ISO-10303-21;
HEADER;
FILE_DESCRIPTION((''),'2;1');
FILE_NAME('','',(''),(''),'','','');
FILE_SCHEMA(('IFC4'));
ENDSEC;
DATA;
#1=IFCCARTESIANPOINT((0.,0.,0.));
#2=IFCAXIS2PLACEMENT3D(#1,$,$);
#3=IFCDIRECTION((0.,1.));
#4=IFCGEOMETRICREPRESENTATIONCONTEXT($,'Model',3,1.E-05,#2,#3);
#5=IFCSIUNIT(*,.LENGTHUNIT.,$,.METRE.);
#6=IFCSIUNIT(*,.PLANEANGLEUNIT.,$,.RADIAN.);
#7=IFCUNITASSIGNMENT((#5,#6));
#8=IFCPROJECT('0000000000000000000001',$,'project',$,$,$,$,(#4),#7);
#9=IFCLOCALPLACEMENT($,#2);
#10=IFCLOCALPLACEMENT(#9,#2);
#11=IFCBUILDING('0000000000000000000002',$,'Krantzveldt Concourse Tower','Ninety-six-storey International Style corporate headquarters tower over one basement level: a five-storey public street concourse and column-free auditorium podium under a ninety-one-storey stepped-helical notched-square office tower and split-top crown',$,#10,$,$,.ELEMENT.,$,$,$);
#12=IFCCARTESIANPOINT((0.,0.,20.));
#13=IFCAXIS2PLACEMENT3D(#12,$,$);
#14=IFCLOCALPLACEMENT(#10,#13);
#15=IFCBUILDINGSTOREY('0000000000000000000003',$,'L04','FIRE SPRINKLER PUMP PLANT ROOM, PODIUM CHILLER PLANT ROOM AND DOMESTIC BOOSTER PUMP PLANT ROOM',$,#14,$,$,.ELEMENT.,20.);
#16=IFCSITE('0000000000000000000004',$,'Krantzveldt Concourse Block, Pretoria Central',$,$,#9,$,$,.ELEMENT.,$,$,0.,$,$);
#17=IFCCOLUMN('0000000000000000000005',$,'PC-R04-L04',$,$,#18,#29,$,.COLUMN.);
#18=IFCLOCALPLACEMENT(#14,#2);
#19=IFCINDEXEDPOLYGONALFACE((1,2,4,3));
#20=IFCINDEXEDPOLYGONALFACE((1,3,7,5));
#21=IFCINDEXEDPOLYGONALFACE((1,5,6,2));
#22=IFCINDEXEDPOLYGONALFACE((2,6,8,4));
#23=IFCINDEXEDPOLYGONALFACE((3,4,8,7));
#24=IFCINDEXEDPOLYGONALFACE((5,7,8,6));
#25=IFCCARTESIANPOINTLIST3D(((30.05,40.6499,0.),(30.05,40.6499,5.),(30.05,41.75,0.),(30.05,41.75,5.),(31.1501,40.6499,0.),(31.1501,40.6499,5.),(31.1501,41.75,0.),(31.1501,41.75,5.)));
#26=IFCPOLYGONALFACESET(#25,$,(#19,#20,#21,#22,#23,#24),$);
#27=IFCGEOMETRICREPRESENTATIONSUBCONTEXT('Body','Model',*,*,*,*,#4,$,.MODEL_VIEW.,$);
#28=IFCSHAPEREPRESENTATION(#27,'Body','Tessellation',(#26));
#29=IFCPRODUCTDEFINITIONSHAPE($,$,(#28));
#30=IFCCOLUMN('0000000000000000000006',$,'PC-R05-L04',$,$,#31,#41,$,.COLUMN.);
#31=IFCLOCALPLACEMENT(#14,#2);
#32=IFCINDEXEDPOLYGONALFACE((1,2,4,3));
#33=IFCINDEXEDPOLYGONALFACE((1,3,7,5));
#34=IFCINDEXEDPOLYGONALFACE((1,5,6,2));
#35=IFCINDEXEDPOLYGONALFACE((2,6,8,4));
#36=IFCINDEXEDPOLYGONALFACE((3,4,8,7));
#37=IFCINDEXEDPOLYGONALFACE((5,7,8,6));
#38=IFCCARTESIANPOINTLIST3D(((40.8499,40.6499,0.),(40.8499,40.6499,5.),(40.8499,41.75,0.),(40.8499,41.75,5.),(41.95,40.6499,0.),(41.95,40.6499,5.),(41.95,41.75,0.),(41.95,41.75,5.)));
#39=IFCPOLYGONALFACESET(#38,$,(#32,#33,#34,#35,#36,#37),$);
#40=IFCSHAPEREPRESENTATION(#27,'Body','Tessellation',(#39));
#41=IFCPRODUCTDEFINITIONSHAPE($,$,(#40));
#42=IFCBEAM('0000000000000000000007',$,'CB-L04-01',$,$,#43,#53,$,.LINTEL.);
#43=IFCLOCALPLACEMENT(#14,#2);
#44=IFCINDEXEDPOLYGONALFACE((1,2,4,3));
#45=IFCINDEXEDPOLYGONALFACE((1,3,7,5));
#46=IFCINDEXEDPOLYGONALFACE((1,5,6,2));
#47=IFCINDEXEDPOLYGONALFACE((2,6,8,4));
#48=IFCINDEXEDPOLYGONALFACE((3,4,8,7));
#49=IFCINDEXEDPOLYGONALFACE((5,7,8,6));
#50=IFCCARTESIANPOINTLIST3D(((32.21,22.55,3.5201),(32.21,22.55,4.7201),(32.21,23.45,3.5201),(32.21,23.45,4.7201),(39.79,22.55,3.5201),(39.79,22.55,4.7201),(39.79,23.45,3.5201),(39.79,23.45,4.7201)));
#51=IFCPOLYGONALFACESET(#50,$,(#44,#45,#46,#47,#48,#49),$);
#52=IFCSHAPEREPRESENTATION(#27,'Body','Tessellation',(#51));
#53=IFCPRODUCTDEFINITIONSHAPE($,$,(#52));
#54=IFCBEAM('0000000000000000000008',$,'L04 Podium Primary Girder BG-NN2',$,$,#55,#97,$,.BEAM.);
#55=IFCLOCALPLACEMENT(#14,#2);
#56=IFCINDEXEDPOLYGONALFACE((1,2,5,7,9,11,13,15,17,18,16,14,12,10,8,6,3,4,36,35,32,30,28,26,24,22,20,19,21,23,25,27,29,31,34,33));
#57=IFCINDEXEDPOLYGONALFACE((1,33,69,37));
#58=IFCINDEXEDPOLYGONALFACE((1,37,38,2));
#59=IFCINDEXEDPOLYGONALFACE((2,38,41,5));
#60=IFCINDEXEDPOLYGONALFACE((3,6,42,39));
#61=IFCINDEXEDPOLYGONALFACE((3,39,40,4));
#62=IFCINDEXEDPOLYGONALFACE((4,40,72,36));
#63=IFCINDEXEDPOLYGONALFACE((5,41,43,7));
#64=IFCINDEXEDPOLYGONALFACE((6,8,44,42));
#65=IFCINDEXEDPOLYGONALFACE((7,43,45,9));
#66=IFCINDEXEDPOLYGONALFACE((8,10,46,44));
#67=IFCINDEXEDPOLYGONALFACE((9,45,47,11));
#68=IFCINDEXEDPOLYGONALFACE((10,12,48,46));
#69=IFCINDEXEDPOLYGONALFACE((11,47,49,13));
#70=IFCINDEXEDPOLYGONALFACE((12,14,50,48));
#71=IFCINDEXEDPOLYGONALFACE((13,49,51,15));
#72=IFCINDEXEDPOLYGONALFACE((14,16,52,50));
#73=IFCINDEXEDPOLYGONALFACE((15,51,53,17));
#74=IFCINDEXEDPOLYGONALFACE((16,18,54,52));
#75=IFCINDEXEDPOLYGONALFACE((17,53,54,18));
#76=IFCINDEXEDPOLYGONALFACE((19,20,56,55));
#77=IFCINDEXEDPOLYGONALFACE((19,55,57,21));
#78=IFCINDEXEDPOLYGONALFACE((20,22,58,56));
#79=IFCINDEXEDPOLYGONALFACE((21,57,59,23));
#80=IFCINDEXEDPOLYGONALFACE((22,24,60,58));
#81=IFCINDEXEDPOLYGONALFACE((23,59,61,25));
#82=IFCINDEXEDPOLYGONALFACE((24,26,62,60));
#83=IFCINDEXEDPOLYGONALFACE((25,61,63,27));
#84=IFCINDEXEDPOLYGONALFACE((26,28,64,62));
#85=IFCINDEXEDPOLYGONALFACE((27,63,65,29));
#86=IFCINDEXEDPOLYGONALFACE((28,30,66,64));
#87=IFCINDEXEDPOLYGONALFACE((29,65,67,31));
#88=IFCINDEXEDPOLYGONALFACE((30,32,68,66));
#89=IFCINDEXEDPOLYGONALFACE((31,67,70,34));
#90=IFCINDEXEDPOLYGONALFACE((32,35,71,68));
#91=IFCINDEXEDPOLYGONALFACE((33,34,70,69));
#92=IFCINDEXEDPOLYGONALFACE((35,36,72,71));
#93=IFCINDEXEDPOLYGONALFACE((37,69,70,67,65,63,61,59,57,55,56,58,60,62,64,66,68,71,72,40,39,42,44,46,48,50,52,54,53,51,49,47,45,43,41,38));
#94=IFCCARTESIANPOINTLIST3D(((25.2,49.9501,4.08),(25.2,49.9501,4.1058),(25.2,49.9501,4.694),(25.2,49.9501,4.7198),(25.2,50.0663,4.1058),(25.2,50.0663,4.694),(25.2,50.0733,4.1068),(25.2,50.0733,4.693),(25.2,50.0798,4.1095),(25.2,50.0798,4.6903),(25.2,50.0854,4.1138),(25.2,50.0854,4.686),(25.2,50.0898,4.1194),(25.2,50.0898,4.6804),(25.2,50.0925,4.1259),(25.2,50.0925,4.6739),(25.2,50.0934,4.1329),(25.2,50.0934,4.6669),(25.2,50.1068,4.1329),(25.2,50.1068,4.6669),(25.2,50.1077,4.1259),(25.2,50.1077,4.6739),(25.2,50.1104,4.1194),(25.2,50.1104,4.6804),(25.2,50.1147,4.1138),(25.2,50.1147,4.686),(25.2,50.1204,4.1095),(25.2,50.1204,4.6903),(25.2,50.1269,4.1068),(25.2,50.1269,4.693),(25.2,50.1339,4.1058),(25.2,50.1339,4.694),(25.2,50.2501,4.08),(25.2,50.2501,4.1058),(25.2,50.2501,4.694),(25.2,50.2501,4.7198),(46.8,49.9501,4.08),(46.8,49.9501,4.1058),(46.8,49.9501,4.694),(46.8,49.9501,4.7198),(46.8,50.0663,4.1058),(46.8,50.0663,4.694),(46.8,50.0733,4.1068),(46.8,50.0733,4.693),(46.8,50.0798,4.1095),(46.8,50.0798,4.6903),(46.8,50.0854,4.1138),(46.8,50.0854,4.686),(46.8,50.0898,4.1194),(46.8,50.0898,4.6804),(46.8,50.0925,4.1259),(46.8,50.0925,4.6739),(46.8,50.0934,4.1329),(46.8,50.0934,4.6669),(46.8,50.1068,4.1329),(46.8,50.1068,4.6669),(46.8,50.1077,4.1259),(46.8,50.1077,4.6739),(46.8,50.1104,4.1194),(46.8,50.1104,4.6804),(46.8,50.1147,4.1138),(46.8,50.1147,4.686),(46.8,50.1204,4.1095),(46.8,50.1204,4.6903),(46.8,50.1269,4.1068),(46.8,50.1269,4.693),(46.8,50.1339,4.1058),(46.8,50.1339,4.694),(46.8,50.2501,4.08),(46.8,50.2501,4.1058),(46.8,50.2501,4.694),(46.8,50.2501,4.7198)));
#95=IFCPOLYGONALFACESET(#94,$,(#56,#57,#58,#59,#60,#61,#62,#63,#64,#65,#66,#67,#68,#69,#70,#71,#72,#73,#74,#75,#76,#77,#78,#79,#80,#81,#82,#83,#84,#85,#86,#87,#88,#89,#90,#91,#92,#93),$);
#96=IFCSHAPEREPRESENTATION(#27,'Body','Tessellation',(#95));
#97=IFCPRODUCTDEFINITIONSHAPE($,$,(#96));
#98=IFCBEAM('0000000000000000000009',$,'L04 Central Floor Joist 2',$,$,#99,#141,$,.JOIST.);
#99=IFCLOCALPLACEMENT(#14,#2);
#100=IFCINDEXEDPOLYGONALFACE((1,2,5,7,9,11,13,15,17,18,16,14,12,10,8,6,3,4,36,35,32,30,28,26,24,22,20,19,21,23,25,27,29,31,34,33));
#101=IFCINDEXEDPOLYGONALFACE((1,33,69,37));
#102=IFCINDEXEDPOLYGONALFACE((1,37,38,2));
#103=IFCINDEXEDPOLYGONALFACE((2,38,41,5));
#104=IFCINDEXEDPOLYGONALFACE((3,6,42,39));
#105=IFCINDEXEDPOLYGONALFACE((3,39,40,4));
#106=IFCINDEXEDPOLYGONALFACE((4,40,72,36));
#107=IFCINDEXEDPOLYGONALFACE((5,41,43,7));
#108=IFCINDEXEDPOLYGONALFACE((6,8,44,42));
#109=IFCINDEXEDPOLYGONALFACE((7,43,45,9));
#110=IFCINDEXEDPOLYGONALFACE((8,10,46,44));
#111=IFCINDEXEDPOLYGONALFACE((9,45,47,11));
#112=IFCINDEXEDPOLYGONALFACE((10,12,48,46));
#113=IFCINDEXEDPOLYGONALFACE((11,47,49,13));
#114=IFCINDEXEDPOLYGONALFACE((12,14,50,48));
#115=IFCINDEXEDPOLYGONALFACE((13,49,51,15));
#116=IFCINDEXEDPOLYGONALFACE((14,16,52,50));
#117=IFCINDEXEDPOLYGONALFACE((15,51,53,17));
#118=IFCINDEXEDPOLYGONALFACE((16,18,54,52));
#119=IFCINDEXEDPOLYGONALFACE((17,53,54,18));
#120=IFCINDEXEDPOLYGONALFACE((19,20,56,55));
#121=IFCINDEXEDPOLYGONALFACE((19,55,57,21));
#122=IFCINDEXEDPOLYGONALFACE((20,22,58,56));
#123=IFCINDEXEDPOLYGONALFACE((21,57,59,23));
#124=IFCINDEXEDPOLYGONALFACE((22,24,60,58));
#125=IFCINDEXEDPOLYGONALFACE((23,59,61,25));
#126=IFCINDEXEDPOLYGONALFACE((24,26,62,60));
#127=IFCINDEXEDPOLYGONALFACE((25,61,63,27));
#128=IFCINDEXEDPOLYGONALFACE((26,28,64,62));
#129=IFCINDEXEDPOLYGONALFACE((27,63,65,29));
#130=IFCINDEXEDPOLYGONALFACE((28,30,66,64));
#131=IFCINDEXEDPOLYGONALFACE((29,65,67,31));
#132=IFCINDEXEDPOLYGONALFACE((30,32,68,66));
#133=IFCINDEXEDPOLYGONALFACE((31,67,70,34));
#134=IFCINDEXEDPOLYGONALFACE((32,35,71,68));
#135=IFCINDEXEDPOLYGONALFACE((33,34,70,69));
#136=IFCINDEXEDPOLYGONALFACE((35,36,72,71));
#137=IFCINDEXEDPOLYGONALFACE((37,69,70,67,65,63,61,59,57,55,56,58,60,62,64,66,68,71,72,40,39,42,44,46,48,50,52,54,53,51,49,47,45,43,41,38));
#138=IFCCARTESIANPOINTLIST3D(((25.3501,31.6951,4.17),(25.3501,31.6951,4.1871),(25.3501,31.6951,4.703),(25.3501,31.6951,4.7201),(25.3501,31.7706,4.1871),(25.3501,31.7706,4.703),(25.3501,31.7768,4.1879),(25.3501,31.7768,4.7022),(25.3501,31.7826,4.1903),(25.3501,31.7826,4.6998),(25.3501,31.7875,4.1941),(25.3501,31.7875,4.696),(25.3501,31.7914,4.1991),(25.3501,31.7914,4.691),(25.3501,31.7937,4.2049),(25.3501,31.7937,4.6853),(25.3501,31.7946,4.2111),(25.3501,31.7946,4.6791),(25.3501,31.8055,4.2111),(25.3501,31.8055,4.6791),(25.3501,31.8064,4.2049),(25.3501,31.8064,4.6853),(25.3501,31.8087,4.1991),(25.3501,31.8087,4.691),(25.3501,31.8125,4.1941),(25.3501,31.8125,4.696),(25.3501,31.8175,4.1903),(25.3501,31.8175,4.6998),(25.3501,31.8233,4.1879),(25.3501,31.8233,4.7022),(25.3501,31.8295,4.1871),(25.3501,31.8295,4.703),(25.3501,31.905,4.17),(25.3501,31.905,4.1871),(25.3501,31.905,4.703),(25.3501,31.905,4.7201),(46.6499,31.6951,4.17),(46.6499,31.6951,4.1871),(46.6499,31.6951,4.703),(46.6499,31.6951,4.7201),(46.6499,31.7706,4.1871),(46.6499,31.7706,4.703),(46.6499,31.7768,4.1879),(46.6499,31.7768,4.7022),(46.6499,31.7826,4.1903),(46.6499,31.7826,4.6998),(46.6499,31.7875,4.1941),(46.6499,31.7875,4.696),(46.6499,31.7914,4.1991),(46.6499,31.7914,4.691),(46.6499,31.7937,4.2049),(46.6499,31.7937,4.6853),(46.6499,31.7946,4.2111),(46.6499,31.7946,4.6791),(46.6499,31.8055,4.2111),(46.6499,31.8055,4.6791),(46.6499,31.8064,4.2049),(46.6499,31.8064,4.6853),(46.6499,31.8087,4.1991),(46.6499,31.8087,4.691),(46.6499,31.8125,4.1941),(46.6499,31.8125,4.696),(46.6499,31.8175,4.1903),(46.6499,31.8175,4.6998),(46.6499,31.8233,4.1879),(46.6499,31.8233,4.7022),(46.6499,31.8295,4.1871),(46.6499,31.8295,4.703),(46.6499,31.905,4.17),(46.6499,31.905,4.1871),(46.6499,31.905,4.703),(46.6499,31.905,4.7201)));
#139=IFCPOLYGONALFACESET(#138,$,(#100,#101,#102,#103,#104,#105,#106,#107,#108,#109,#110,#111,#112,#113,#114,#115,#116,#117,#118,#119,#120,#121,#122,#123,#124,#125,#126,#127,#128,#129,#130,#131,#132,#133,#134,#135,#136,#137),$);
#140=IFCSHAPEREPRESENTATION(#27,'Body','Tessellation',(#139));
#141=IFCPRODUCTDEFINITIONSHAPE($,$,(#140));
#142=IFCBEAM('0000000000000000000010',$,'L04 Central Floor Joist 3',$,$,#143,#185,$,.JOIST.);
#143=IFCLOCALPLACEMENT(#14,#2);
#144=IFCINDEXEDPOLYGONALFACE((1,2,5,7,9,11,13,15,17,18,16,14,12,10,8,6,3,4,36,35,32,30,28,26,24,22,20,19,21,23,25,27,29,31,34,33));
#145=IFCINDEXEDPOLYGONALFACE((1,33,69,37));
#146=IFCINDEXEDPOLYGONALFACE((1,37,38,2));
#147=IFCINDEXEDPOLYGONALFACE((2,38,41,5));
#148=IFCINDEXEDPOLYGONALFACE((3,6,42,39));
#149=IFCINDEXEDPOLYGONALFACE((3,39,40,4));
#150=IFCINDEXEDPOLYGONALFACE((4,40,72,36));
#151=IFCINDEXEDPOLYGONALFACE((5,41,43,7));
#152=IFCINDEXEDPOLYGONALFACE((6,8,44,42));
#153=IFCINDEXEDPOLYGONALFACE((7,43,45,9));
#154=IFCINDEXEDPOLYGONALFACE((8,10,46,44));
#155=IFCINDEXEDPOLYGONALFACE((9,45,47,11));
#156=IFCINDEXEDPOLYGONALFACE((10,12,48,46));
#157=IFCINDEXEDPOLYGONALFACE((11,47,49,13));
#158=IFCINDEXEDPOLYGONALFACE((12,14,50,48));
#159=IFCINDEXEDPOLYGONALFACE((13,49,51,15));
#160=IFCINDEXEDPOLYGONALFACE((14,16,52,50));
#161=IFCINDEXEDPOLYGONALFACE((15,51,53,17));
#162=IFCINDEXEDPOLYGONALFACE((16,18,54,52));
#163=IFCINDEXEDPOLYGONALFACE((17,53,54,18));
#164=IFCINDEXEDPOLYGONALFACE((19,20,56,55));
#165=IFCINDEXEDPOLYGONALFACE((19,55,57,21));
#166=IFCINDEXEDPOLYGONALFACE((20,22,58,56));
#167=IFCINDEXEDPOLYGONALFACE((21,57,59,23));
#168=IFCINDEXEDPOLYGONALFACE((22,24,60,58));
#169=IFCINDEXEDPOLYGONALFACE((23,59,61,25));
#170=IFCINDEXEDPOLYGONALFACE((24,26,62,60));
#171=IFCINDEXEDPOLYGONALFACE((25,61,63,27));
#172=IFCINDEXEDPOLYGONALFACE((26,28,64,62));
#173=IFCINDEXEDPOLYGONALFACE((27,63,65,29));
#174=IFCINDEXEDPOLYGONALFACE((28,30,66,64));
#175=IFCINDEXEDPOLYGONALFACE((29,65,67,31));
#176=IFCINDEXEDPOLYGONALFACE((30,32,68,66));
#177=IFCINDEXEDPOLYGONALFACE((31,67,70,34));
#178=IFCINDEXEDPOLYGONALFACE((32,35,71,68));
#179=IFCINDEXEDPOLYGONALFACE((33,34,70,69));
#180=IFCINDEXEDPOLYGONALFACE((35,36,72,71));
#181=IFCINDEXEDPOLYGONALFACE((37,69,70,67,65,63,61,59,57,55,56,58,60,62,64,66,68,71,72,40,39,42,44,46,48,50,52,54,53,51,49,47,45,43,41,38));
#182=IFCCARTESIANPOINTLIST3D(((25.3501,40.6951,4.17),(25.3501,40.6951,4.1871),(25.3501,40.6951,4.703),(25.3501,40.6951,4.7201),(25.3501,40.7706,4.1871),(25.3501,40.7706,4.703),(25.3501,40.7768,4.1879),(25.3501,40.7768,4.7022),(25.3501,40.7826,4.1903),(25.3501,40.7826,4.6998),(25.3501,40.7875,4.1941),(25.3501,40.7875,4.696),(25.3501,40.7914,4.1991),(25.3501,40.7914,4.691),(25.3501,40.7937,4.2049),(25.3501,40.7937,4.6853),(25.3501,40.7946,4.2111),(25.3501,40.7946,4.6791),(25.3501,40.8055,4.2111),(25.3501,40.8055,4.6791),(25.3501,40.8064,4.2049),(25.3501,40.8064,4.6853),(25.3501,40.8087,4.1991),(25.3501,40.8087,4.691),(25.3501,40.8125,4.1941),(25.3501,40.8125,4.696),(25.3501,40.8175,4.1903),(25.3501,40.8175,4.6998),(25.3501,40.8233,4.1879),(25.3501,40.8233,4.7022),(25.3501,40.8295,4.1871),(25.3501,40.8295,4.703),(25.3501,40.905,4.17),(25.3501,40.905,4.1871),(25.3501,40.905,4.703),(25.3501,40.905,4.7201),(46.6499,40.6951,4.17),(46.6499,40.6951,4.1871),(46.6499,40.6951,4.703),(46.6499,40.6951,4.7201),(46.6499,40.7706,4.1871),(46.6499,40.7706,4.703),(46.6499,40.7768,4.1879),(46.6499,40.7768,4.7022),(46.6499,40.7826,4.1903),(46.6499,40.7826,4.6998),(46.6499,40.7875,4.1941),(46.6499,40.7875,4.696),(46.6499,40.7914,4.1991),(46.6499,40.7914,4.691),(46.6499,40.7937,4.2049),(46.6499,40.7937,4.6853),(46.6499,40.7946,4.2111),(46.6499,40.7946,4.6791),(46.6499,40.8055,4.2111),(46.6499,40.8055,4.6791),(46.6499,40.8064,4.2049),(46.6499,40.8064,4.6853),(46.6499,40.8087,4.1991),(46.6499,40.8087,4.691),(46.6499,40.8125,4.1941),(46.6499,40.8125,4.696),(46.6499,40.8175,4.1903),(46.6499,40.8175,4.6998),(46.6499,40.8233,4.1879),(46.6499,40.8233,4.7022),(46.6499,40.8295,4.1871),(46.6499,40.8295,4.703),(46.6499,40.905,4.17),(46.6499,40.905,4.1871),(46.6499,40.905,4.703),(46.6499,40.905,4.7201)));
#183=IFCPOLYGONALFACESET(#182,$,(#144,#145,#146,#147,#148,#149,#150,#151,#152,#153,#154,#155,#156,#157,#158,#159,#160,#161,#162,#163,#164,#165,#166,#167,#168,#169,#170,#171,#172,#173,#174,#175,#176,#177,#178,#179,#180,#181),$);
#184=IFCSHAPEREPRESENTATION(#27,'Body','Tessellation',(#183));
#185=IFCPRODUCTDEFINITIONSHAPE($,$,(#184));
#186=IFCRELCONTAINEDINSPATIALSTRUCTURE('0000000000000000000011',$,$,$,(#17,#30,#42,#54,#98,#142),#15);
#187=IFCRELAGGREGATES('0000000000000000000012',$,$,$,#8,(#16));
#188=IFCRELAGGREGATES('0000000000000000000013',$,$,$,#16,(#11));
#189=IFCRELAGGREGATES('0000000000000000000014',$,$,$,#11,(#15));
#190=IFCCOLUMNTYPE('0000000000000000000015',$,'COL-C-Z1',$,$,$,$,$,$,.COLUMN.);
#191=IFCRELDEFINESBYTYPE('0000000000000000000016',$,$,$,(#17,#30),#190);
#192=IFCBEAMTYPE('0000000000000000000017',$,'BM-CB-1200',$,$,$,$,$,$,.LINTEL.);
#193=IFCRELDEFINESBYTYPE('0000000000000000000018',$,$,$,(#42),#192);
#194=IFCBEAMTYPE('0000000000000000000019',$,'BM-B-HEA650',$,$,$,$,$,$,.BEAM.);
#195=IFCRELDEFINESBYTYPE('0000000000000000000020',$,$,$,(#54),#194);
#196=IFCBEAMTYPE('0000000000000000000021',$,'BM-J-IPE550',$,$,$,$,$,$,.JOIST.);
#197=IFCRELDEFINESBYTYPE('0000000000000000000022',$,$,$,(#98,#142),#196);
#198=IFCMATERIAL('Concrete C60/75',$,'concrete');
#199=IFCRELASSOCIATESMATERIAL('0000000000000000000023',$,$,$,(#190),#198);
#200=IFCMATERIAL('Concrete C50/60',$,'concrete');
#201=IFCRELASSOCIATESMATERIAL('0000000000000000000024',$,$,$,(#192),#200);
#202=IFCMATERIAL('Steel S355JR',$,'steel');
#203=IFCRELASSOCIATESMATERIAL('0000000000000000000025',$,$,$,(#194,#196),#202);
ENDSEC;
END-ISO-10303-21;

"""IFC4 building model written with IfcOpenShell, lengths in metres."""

from ifc_helpers import new_model, si_unit, direction, frame, origin, origin_2d, place, context, subcontext, project, spatial, rectangle, i_section, extrude, source, transform, mapped, material, material_profile, profile_set, type_object, type_shapes, element, save


model = new_model("IFC4")

# Units and contexts
model_context = context("Model", 3, precision=1e-05, world=origin(), true_north=direction((0.0, 1.0)))
body_context = subcontext(model_context, "Body", "Model", "MODEL_VIEW")
ifc_project = project(units=[si_unit("LENGTHUNIT", "METRE"), si_unit("PLANEANGLEUNIT", "RADIAN")], contexts=[model_context])

# Site, building, storey
site_placement = place(None, origin())
site = spatial("IfcSite", under=ifc_project, at=site_placement, Name="Krantzveldt Concourse Block, Pretoria Central", CompositionType="ELEMENT", RefElevation=0.0)
building_placement = place(site_placement, origin())
building = spatial("IfcBuilding", under=site, at=building_placement, Name="Krantzveldt Concourse Tower", Description="Ninety-six-storey International Style corporate headquarters tower over one basement level: a five-storey public street concourse and column-free auditorium podium under a ninety-one-storey stepped-helical notched-square office tower and split-top crown", CompositionType="ELEMENT")
storey_placement = place(building_placement, frame((0.0, 0.0, 20.0)))
storey = spatial("IfcBuildingStorey", under=building, at=storey_placement, Name="L04", Description="FIRE SPRINKLER PUMP PLANT ROOM, PODIUM CHILLER PLANT ROOM AND DOMESTIC BOOSTER PUMP PLANT ROOM", CompositionType="ELEMENT", Elevation=20.0)

# Columns
ifc_material_1 = material(Name="Concrete C60/75", Category="concrete")
ifc_material_profile_1 = material_profile(ifc_material_1, rectangle(XDim=1.1001, YDim=1.1001, at=origin_2d()), Name="Concrete C60/75", Category="concrete")
ifc_profile_set_1 = profile_set([ifc_material_profile_1], Name="Concrete C60/75 - RC 1100x1100")
column_type = type_object("IfcColumnType", Name="COL-C-Z1", PredefinedType="COLUMN", material=ifc_profile_set_1)
shared_shape_1 = source(origin(), body_context, "Body", "SweptSolid", [
    extrude(rectangle(XDim=1.1001, YDim=1.1001, at=origin_2d()), origin(), (0.0, 0.0, 1.0), 5.0),
])
type_shapes(column_type, [shared_shape_1])
for number, where, z_axis, x_axis, name in (
    (1, (30.6001, 41.2, 0.0), (0.0, 0.0, 1.0), (1.0, 0.0, 0.0), "PC-R04-L04"),
    (2, (41.3999, 41.2, 0.0), (0.0, 0.0, 1.0), (1.0, 0.0, 0.0), "PC-R05-L04"),
):
    element("IfcColumn", number, at=place(storey_placement, frame(where, z_axis=z_axis, x_axis=x_axis)), inside=storey, type_object=column_type, Name=name, PredefinedType="COLUMN", context=body_context, shape_type="MappedRepresentation", body=[
        mapped(shared_shape_1, transform((0.0, 0.0, 0.0), x_axis=(1.0, 0.0, 0.0), y_axis=(0.0, 1.0, 0.0), z_axis=(0.0, 0.0, 1.0), scale=1.0)),
    ])

# Beams
ifc_material_2 = material(Name="Concrete C50/60", Category="concrete")
ifc_material_profile_2 = material_profile(ifc_material_2, rectangle(XDim=0.8999, YDim=1.2, at=origin_2d()), Name="Concrete C50/60", Category="concrete")
ifc_profile_set_2 = profile_set([ifc_material_profile_2], Name="Concrete C50/60 - RC-CB 900x1200")
beam_type_1 = type_object("IfcBeamType", Name="BM-CB-1200", PredefinedType="LINTEL", material=ifc_profile_set_2)
shared_shape_2 = source(origin(), body_context, "Body", "SweptSolid", [
    extrude(rectangle(XDim=0.8999, YDim=1.2, at=origin_2d()), origin(), (0.0, 0.0, 1.0), 7.5801),
])
type_shapes(beam_type_1, [shared_shape_2])
beam_1_placement = place(storey_placement, frame((32.21, 23.0, 4.1201), z_axis=(1.0, 0.0, 0.0), x_axis=(0.0, 1.0, 0.0)))
element("IfcBeam", 3, at=beam_1_placement, inside=storey, type_object=beam_type_1, Name="CB-L04-01", PredefinedType="LINTEL", context=body_context, shape_type="MappedRepresentation", body=[
    mapped(shared_shape_2, transform((0.0, 0.0, 0.0), x_axis=(1.0, 0.0, 0.0), y_axis=(0.0, 1.0, 0.0), z_axis=(0.0, 0.0, 1.0), scale=1.0)),
])
ifc_material_3 = material(Name="Steel S355JR", Category="steel")
ifc_material_profile_3 = material_profile(ifc_material_3, i_section(OverallWidth=0.3, OverallDepth=0.6399, WebThickness=0.0134, FlangeThickness=0.0259, FilletRadius=0.0271, at=origin_2d()), Name="Steel S355JR", Category="steel")
ifc_profile_set_3 = profile_set([ifc_material_profile_3], Name="Steel S355JR - HEA 650")
beam_type_2 = type_object("IfcBeamType", Name="BM-B-HEA650", PredefinedType="BEAM", material=ifc_profile_set_3)
shared_shape_3 = source(origin(), body_context, "Body", "SweptSolid", [
    extrude(i_section(OverallWidth=0.3, OverallDepth=0.6399, WebThickness=0.0134, FlangeThickness=0.0259, FilletRadius=0.0271, at=origin_2d()), origin(), (0.0, 0.0, 1.0), 21.6001),
])
type_shapes(beam_type_2, [shared_shape_3])
beam_2_placement = place(storey_placement, frame((25.2, 50.1001, 4.3999), z_axis=(1.0, 0.0, 0.0), x_axis=(0.0, 1.0, 0.0)))
element("IfcBeam", 4, at=beam_2_placement, inside=storey, type_object=beam_type_2, Name="L04 Podium Primary Girder BG-NN2", PredefinedType="BEAM", context=body_context, shape_type="MappedRepresentation", body=[
    mapped(shared_shape_3, transform((0.0, 0.0, 0.0), x_axis=(1.0, 0.0, 0.0), y_axis=(0.0, 1.0, 0.0), z_axis=(0.0, 0.0, 1.0), scale=1.0)),
])
ifc_material_profile_4 = material_profile(ifc_material_3, i_section(OverallWidth=0.21, OverallDepth=0.55, WebThickness=0.011, FlangeThickness=0.0171, FilletRadius=0.0239, at=origin_2d()), Name="Steel S355JR", Category="steel")
ifc_profile_set_4 = profile_set([ifc_material_profile_4], Name="Steel S355JR - IPE 550")
beam_type_3 = type_object("IfcBeamType", Name="BM-J-IPE550", PredefinedType="JOIST", material=ifc_profile_set_4)
shared_shape_4 = source(origin(), body_context, "Body", "SweptSolid", [
    extrude(i_section(OverallWidth=0.21, OverallDepth=0.55, WebThickness=0.011, FlangeThickness=0.0171, FilletRadius=0.0239, at=origin_2d()), origin(), (0.0, 0.0, 1.0), 21.2998),
])
type_shapes(beam_type_3, [shared_shape_4])
for number, where, z_axis, x_axis, name in (
    (5, (25.3501, 31.8, 4.4451), (1.0, 0.0, 0.0), (0.0, 1.0, 0.0), "L04 Central Floor Joist 2"),
    (6, (25.3501, 40.8, 4.4451), (1.0, 0.0, 0.0), (0.0, 1.0, 0.0), "L04 Central Floor Joist 3"),
):
    element("IfcBeam", number, at=place(storey_placement, frame(where, z_axis=z_axis, x_axis=x_axis)), inside=storey, type_object=beam_type_3, Name=name, PredefinedType="JOIST", context=body_context, shape_type="MappedRepresentation", body=[
        mapped(shared_shape_4, transform((0.0, 0.0, 0.0), x_axis=(1.0, 0.0, 0.0), y_axis=(0.0, 1.0, 0.0), z_axis=(0.0, 0.0, 1.0), scale=1.0)),
    ])

save(model, "model.ifc")
